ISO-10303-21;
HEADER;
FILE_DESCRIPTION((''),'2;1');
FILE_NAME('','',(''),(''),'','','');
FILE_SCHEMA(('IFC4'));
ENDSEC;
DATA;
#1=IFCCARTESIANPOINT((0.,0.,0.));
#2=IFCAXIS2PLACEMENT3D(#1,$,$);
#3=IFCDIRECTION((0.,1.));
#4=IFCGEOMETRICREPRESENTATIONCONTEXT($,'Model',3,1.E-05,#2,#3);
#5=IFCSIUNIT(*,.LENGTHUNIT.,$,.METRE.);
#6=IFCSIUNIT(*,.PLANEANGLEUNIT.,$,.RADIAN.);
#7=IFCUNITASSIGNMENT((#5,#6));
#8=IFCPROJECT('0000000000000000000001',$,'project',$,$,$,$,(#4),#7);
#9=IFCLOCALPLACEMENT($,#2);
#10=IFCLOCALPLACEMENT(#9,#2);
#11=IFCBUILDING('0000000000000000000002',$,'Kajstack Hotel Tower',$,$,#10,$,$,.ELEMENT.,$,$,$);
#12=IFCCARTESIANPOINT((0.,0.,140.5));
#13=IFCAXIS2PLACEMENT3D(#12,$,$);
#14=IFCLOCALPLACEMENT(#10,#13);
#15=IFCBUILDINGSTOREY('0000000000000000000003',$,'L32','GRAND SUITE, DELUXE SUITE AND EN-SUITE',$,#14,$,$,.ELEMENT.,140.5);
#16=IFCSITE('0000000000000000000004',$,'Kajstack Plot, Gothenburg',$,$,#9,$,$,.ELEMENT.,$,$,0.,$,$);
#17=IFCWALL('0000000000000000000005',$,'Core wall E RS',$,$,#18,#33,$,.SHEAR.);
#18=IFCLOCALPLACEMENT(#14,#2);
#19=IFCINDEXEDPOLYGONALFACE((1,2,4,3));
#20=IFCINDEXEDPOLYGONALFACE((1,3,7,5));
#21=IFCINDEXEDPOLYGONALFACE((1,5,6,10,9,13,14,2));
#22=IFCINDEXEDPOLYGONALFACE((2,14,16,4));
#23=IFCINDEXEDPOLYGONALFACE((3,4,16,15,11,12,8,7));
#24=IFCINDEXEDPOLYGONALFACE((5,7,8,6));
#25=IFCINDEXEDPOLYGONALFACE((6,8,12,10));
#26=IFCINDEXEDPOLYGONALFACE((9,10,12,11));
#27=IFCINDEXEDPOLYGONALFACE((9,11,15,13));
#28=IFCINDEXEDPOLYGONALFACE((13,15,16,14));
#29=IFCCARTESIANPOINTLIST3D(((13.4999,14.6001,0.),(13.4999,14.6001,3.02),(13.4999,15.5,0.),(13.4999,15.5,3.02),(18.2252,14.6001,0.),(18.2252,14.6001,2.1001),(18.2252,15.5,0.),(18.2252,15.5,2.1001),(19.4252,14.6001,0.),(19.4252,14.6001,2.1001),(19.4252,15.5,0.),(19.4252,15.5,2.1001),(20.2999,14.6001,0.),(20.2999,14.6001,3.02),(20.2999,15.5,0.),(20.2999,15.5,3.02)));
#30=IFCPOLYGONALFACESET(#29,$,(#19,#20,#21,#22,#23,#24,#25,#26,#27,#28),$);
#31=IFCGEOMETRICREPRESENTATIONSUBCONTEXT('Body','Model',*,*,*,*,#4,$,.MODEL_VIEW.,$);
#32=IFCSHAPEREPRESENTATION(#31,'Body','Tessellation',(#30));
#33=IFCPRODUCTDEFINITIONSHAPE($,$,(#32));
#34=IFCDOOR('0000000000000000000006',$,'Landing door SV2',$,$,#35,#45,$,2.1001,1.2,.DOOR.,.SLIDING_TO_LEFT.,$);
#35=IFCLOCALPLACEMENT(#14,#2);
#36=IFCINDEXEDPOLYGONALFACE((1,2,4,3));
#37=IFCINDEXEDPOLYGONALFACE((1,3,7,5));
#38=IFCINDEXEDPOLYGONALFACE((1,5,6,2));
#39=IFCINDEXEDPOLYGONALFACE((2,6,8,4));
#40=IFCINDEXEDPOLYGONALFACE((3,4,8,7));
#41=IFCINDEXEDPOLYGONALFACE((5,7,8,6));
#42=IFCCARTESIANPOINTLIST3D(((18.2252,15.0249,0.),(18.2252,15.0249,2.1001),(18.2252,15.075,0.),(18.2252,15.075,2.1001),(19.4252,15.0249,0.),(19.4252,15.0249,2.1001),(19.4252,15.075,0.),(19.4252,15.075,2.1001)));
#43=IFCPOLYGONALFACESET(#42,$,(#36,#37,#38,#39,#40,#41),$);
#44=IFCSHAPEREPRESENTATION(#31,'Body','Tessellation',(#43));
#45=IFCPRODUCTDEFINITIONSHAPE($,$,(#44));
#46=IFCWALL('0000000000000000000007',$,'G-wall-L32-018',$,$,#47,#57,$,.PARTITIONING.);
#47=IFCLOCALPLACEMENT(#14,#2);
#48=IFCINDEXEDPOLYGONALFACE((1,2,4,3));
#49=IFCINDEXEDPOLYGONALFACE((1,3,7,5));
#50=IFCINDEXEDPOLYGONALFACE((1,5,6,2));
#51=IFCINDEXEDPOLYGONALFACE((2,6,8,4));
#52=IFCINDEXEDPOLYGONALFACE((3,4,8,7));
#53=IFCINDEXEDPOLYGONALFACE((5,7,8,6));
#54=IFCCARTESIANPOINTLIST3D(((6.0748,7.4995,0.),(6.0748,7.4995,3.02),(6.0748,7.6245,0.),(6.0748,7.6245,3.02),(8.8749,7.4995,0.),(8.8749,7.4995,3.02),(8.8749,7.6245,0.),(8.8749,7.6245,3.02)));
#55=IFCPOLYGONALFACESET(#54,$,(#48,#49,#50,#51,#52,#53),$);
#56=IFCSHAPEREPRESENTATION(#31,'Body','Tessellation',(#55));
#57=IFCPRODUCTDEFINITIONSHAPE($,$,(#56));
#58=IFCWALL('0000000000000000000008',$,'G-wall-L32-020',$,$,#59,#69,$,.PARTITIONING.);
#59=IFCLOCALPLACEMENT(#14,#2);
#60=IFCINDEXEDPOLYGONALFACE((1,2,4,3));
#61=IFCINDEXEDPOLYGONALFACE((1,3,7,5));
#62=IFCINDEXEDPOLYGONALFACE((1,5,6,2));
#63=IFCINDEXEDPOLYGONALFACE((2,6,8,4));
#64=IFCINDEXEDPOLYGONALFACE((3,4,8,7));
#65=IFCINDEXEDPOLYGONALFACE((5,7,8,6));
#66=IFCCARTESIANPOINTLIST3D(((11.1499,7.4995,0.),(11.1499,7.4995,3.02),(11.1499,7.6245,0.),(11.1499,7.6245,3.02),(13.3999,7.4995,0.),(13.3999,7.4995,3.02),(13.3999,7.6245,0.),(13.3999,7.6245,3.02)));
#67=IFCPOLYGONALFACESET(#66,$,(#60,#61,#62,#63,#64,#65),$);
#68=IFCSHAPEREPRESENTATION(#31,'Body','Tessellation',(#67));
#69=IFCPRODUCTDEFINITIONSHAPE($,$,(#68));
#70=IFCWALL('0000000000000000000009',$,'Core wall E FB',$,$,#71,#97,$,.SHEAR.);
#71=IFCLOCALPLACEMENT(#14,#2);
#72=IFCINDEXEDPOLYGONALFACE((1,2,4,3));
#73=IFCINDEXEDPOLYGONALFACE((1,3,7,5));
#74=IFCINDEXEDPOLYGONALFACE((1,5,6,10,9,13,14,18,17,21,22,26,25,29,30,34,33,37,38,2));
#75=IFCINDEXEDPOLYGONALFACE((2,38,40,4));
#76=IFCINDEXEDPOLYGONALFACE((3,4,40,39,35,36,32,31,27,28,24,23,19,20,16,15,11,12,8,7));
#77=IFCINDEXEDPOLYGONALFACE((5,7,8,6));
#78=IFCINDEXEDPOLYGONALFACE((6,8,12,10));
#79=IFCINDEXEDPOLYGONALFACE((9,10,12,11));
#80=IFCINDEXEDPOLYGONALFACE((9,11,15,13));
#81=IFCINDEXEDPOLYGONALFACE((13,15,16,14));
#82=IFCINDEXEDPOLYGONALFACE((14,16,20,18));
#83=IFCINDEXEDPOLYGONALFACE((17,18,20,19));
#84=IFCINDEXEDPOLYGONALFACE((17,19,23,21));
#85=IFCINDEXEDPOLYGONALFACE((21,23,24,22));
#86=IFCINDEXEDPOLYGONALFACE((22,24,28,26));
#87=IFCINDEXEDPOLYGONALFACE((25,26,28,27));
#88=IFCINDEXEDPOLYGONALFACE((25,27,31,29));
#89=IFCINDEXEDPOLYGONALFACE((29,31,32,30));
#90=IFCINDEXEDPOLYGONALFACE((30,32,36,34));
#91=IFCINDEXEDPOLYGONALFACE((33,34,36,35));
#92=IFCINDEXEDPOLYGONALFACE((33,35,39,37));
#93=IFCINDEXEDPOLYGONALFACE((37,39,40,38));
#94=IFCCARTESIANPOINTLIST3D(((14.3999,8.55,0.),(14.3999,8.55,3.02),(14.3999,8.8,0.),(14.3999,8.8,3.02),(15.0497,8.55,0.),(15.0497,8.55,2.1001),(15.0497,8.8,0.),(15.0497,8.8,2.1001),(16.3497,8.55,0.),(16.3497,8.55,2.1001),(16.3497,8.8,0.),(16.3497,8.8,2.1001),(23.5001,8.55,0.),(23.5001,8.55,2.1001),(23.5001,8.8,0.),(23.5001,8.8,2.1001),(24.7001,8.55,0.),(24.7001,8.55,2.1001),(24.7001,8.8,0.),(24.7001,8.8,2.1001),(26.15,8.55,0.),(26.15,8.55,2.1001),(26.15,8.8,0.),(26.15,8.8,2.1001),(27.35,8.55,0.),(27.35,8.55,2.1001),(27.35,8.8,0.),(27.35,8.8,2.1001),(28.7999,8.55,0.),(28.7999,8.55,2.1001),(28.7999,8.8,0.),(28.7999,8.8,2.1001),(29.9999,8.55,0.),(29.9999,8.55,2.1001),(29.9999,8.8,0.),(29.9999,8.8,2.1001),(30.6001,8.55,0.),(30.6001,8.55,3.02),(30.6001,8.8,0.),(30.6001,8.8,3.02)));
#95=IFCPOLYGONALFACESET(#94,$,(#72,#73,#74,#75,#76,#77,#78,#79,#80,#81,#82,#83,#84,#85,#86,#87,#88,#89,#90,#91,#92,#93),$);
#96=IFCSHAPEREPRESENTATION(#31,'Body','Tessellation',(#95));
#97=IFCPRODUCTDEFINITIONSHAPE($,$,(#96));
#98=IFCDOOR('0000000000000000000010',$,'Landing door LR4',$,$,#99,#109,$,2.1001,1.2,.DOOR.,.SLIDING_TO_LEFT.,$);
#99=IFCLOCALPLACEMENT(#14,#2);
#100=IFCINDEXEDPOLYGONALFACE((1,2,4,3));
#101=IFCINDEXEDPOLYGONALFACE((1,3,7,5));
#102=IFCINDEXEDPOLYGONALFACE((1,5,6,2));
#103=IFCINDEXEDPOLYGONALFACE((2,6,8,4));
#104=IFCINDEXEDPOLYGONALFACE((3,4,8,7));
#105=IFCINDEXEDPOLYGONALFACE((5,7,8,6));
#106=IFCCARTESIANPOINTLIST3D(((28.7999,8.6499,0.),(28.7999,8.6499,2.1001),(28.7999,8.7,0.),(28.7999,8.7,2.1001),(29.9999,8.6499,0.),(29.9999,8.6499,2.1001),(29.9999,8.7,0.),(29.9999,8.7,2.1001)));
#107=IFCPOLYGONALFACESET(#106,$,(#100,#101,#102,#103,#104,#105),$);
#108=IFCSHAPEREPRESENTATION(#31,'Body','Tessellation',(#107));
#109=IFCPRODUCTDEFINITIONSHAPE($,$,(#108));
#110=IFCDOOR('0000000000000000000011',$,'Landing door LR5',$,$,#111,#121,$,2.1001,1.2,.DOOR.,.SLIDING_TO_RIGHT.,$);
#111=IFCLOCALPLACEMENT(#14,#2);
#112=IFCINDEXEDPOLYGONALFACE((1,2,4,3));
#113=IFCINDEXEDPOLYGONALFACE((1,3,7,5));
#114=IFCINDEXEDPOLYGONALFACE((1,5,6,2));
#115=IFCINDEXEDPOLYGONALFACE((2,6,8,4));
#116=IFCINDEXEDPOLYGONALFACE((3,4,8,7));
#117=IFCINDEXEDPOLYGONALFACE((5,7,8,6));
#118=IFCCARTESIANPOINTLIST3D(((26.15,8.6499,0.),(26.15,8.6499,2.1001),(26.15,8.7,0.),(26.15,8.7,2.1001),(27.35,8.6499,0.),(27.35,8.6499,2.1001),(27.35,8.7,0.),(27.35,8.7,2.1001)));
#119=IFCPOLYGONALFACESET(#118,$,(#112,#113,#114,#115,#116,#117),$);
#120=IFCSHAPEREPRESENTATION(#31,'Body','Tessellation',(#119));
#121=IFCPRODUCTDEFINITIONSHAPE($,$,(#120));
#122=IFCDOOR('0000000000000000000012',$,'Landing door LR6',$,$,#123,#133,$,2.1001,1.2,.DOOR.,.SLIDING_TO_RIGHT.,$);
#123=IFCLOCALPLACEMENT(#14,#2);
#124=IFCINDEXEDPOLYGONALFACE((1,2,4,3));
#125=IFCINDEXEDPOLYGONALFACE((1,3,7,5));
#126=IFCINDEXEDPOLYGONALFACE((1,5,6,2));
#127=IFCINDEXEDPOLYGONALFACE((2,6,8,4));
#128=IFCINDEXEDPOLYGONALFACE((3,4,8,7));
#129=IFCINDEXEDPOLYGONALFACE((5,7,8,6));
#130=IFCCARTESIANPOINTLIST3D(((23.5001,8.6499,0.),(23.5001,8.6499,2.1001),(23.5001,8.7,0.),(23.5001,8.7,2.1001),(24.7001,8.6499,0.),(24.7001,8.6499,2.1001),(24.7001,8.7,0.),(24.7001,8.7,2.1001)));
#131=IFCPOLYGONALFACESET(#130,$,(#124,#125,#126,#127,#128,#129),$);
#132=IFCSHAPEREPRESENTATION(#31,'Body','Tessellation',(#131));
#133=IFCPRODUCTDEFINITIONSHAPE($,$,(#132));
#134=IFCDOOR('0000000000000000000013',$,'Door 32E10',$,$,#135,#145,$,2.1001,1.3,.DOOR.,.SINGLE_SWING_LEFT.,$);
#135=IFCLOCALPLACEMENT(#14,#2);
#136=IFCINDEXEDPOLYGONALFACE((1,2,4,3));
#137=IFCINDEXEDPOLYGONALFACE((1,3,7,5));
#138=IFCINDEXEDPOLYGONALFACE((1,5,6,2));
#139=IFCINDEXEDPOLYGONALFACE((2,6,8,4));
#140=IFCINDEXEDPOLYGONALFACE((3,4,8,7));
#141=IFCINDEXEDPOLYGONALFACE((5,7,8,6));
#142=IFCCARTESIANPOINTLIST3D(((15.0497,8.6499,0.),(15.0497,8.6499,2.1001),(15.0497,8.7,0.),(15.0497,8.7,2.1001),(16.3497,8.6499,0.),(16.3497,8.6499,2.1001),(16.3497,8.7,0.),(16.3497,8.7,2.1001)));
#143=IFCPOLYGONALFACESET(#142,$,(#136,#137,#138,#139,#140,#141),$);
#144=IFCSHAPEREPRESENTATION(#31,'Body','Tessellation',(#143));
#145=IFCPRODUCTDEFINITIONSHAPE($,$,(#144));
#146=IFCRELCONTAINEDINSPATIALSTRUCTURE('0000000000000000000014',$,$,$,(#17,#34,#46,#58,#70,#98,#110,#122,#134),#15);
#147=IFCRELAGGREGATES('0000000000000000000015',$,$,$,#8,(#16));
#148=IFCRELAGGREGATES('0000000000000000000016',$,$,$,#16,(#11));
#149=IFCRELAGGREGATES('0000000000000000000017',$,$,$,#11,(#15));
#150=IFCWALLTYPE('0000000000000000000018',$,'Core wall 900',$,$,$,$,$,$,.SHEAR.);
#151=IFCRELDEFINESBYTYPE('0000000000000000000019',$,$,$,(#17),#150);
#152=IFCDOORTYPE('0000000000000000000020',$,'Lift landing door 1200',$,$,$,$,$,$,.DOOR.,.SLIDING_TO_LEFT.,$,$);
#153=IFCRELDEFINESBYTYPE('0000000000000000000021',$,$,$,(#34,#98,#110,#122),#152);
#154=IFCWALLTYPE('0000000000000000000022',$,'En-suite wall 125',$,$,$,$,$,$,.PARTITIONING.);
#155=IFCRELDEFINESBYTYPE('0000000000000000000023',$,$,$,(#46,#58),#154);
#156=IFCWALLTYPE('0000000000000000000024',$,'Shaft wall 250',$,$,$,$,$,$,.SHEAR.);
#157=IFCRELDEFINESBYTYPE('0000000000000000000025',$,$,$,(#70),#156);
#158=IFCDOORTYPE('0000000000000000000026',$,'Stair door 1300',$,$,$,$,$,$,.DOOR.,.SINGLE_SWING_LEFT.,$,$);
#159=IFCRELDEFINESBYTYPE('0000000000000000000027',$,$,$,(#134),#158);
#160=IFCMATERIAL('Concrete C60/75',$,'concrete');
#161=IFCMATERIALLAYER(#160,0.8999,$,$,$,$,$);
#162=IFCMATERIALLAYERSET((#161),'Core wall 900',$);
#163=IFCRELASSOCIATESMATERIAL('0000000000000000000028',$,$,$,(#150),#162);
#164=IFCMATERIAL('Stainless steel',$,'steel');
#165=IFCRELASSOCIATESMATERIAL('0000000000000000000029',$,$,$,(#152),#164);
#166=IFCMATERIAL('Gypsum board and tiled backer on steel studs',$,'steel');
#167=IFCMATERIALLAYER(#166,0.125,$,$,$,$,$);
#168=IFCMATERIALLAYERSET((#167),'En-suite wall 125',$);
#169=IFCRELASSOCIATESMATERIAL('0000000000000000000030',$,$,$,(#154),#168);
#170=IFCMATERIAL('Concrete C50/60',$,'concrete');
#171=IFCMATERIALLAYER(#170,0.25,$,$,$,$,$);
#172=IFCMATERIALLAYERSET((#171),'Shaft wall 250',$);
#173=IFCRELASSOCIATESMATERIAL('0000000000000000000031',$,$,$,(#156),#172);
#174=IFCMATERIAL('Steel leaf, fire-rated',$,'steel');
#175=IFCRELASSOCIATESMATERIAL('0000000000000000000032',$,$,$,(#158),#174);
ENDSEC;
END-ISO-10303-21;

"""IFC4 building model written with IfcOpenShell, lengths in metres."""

from ifc_helpers import new_model, si_unit, direction, frame, frame_2d, origin, place, context, subcontext, project, spatial, rectangle, extrude, material, layer, layer_set, type_object, element, fill, save


model = new_model("IFC4")

# Units and contexts
model_context = context("Model", 3, precision=1e-05, world=origin(), true_north=direction((0.0, 1.0)))
body_context = subcontext(model_context, "Body", "Model", "MODEL_VIEW")
ifc_project = project(units=[si_unit("LENGTHUNIT", "METRE"), si_unit("PLANEANGLEUNIT", "RADIAN")], contexts=[model_context])

# Site, building, storey
site_placement = place(None, origin())
site = spatial("IfcSite", under=ifc_project, at=site_placement, Name="Kajstack Plot, Gothenburg", CompositionType="ELEMENT", RefElevation=0.0)
building_placement = place(site_placement, origin())
building = spatial("IfcBuilding", under=site, at=building_placement, Name="Kajstack Hotel Tower", CompositionType="ELEMENT")
storey_placement = place(building_placement, frame((0.0, 0.0, 140.5)))
storey = spatial("IfcBuildingStorey", under=building, at=storey_placement, Name="L32", Description="GRAND SUITE, DELUXE SUITE AND EN-SUITE", CompositionType="ELEMENT", Elevation=140.5)

# Wall, opening, door
ifc_material_1 = material(Name="Concrete C60/75", Category="concrete")
ifc_layer_1 = layer(ifc_material_1, 0.8999)
ifc_layer_set_1 = layer_set([ifc_layer_1], Name="Core wall 900")
wall_type_1 = type_object("IfcWallType", Name="Core wall 900", PredefinedType="SHEAR", material=ifc_layer_set_1)
wall_1_placement = place(storey_placement, frame((13.5, 15.05, 0.0), z_axis=(0.0, 0.0, 1.0), x_axis=(1.0, 0.0, 0.0)))
wall_1 = element("IfcWall", 1, at=wall_1_placement, inside=storey, type_object=wall_type_1, Name="Core wall E RS", PredefinedType="SHEAR", context=body_context, shape_type="SweptSolid", body=[
    extrude(rectangle(XDim=6.8, YDim=0.8999, at=frame_2d((3.3999, 0.0))), origin(), (0.0, 0.0, 1.0), 3.02),
])
opening_1_placement = place(wall_1_placement, frame((4.7251, 0.0, 0.0)))
opening_1 = element("IfcOpeningElement", 2, at=opening_1_placement, cuts=wall_1, PredefinedType="OPENING", context=body_context, shape_type="SweptSolid", body=[
    extrude(rectangle(XDim=1.2, YDim=2.1001, at=frame_2d((0.6001, 1.05))), frame((0.0, 0.46, 0.0), z_axis=(0.0, -1.0, 0.0), x_axis=(1.0, 0.0, 0.0)), (0.0, 0.0, 1.0), 0.9199),
])
ifc_material_2 = material(Name="Stainless steel", Category="steel")
door_type_1 = type_object("IfcDoorType", Name="Lift landing door 1200", OperationType="SLIDING_TO_LEFT", PredefinedType="DOOR", material=ifc_material_2)
door_1_placement = place(opening_1_placement, origin())
door_1 = element("IfcDoor", 3, at=door_1_placement, inside=storey, type_object=door_type_1, Name="Landing door SV2", OperationType="SLIDING_TO_LEFT", OverallHeight=2.1001, OverallWidth=1.2, PredefinedType="DOOR", context=body_context, shape_type="SweptSolid", body=[
    extrude(rectangle(XDim=1.2, YDim=2.1001, at=frame_2d((0.6001, 1.05))), frame((0.0, 0.0249, 0.0), z_axis=(0.0, -1.0, 0.0), x_axis=(1.0, 0.0, 0.0)), (0.0, 0.0, 1.0), 0.05),
])
fill(opening_1, door_1)

# Walls
ifc_material_3 = material(Name="Gypsum board and tiled backer on steel studs", Category="steel")
ifc_layer_2 = layer(ifc_material_3, 0.125)
ifc_layer_set_2 = layer_set([ifc_layer_2], Name="En-suite wall 125")
wall_type_2 = type_object("IfcWallType", Name="En-suite wall 125", PredefinedType="PARTITIONING", material=ifc_layer_set_2)
wall_2_placement = place(storey_placement, frame((6.075, 7.562, 0.0), z_axis=(0.0, 0.0, 1.0), x_axis=(1.0, 0.0, 0.0)))
element("IfcWall", 4, at=wall_2_placement, inside=storey, type_object=wall_type_2, Name="G-wall-L32-018", PredefinedType="PARTITIONING", context=body_context, shape_type="SweptSolid", body=[
    extrude(rectangle(XDim=2.8, YDim=0.125, at=frame_2d((1.3999, 0.0))), origin(), (0.0, 0.0, 1.0), 3.02),
])
wall_3_placement = place(storey_placement, frame((11.1499, 7.562, 0.0), z_axis=(0.0, 0.0, 1.0), x_axis=(1.0, 0.0, 0.0)))
element("IfcWall", 5, at=wall_3_placement, inside=storey, type_object=wall_type_2, Name="G-wall-L32-020", PredefinedType="PARTITIONING", context=body_context, shape_type="SweptSolid", body=[
    extrude(rectangle(XDim=2.25, YDim=0.125, at=frame_2d((1.125, 0.0))), origin(), (0.0, 0.0, 1.0), 3.02),
])

# Wall, openings, doors
ifc_material_4 = material(Name="Concrete C50/60", Category="concrete")
ifc_layer_3 = layer(ifc_material_4, 0.25)
ifc_layer_set_3 = layer_set([ifc_layer_3], Name="Shaft wall 250")
wall_type_3 = type_object("IfcWallType", Name="Shaft wall 250", PredefinedType="SHEAR", material=ifc_layer_set_3)
wall_4_placement = place(storey_placement, frame((14.3999, 8.675, 0.0), z_axis=(0.0, 0.0, 1.0), x_axis=(1.0, 0.0, 0.0)))
wall_4 = element("IfcWall", 6, at=wall_4_placement, inside=storey, type_object=wall_type_3, Name="Core wall E FB", PredefinedType="SHEAR", context=body_context, shape_type="SweptSolid", body=[
    extrude(rectangle(XDim=16.2002, YDim=0.25, at=frame_2d((8.1001, 0.0))), origin(), (0.0, 0.0, 1.0), 3.02),
])
opening_2_placement = place(wall_4_placement, frame((14.3999, 0.0, 0.0)))
opening_2 = element("IfcOpeningElement", 7, at=opening_2_placement, cuts=wall_4, PredefinedType="OPENING", context=body_context, shape_type="SweptSolid", body=[
    extrude(rectangle(XDim=1.2, YDim=2.1001, at=frame_2d((0.6001, 1.05))), frame((0.0, 0.135, 0.0), z_axis=(0.0, -1.0, 0.0), x_axis=(1.0, 0.0, 0.0)), (0.0, 0.0, 1.0), 0.27),
])
opening_3_placement = place(wall_4_placement, frame((11.75, 0.0, 0.0)))
opening_3 = element("IfcOpeningElement", 8, at=opening_3_placement, cuts=wall_4, PredefinedType="OPENING", context=body_context, shape_type="SweptSolid", body=[
    extrude(rectangle(XDim=1.2, YDim=2.1001, at=frame_2d((0.6001, 1.05))), frame((0.0, 0.135, 0.0), z_axis=(0.0, -1.0, 0.0), x_axis=(1.0, 0.0, 0.0)), (0.0, 0.0, 1.0), 0.27),
])
opening_4_placement = place(wall_4_placement, frame((9.1001, 0.0, 0.0)))
opening_4 = element("IfcOpeningElement", 9, at=opening_4_placement, cuts=wall_4, PredefinedType="OPENING", context=body_context, shape_type="SweptSolid", body=[
    extrude(rectangle(XDim=1.2, YDim=2.1001, at=frame_2d((0.6001, 1.05))), frame((0.0, 0.135, 0.0), z_axis=(0.0, -1.0, 0.0), x_axis=(1.0, 0.0, 0.0)), (0.0, 0.0, 1.0), 0.27),
])
opening_5_placement = place(wall_4_placement, frame((0.6499, 0.0, 0.0)))
opening_5 = element("IfcOpeningElement", 10, at=opening_5_placement, cuts=wall_4, PredefinedType="OPENING", context=body_context, shape_type="SweptSolid", body=[
    extrude(rectangle(XDim=1.3, YDim=2.1001, at=frame_2d((0.6499, 1.05))), frame((0.0, 0.135, 0.0), z_axis=(0.0, -1.0, 0.0), x_axis=(1.0, 0.0, 0.0)), (0.0, 0.0, 1.0), 0.27),
])
door_2_placement = place(opening_2_placement, origin())
door_2 = element("IfcDoor", 11, at=door_2_placement, inside=storey, type_object=door_type_1, Name="Landing door LR4", OperationType="SLIDING_TO_LEFT", OverallHeight=2.1001, OverallWidth=1.2, PredefinedType="DOOR", context=body_context, shape_type="SweptSolid", body=[
    extrude(rectangle(XDim=1.2, YDim=2.1001, at=frame_2d((0.6001, 1.05))), frame((0.0, 0.0249, 0.0), z_axis=(0.0, -1.0, 0.0), x_axis=(1.0, 0.0, 0.0)), (0.0, 0.0, 1.0), 0.05),
])
fill(opening_2, door_2)
door_3_placement = place(opening_3_placement, origin())
door_3 = element("IfcDoor", 12, at=door_3_placement, inside=storey, type_object=door_type_1, Name="Landing door LR5", OperationType="SLIDING_TO_RIGHT", OverallHeight=2.1001, OverallWidth=1.2, PredefinedType="DOOR", context=body_context, shape_type="SweptSolid", body=[
    extrude(rectangle(XDim=1.2, YDim=2.1001, at=frame_2d((0.6001, 1.05))), frame((0.0, 0.0249, 0.0), z_axis=(0.0, -1.0, 0.0), x_axis=(1.0, 0.0, 0.0)), (0.0, 0.0, 1.0), 0.05),
])
fill(opening_3, door_3)
door_4_placement = place(opening_4_placement, origin())
door_4 = element("IfcDoor", 13, at=door_4_placement, inside=storey, type_object=door_type_1, Name="Landing door LR6", OperationType="SLIDING_TO_RIGHT", OverallHeight=2.1001, OverallWidth=1.2, PredefinedType="DOOR", context=body_context, shape_type="SweptSolid", body=[
    extrude(rectangle(XDim=1.2, YDim=2.1001, at=frame_2d((0.6001, 1.05))), frame((0.0, 0.0249, 0.0), z_axis=(0.0, -1.0, 0.0), x_axis=(1.0, 0.0, 0.0)), (0.0, 0.0, 1.0), 0.05),
])
fill(opening_4, door_4)
ifc_material_5 = material(Name="Steel leaf, fire-rated", Category="steel")
door_type_2 = type_object("IfcDoorType", Name="Stair door 1300", OperationType="SINGLE_SWING_LEFT", PredefinedType="DOOR", material=ifc_material_5)
door_5_placement = place(opening_5_placement, origin())
door_5 = element("IfcDoor", 14, at=door_5_placement, inside=storey, type_object=door_type_2, Name="Door 32E10", OperationType="SINGLE_SWING_LEFT", OverallHeight=2.1001, OverallWidth=1.3, PredefinedType="DOOR", context=body_context, shape_type="SweptSolid", body=[
    extrude(rectangle(XDim=1.3, YDim=2.1001, at=frame_2d((0.6499, 1.05))), frame((0.0, 0.0249, 0.0), z_axis=(0.0, -1.0, 0.0), x_axis=(1.0, 0.0, 0.0)), (0.0, 0.0, 1.0), 0.05),
])
fill(opening_5, door_5)

save(model, "model.ifc")
